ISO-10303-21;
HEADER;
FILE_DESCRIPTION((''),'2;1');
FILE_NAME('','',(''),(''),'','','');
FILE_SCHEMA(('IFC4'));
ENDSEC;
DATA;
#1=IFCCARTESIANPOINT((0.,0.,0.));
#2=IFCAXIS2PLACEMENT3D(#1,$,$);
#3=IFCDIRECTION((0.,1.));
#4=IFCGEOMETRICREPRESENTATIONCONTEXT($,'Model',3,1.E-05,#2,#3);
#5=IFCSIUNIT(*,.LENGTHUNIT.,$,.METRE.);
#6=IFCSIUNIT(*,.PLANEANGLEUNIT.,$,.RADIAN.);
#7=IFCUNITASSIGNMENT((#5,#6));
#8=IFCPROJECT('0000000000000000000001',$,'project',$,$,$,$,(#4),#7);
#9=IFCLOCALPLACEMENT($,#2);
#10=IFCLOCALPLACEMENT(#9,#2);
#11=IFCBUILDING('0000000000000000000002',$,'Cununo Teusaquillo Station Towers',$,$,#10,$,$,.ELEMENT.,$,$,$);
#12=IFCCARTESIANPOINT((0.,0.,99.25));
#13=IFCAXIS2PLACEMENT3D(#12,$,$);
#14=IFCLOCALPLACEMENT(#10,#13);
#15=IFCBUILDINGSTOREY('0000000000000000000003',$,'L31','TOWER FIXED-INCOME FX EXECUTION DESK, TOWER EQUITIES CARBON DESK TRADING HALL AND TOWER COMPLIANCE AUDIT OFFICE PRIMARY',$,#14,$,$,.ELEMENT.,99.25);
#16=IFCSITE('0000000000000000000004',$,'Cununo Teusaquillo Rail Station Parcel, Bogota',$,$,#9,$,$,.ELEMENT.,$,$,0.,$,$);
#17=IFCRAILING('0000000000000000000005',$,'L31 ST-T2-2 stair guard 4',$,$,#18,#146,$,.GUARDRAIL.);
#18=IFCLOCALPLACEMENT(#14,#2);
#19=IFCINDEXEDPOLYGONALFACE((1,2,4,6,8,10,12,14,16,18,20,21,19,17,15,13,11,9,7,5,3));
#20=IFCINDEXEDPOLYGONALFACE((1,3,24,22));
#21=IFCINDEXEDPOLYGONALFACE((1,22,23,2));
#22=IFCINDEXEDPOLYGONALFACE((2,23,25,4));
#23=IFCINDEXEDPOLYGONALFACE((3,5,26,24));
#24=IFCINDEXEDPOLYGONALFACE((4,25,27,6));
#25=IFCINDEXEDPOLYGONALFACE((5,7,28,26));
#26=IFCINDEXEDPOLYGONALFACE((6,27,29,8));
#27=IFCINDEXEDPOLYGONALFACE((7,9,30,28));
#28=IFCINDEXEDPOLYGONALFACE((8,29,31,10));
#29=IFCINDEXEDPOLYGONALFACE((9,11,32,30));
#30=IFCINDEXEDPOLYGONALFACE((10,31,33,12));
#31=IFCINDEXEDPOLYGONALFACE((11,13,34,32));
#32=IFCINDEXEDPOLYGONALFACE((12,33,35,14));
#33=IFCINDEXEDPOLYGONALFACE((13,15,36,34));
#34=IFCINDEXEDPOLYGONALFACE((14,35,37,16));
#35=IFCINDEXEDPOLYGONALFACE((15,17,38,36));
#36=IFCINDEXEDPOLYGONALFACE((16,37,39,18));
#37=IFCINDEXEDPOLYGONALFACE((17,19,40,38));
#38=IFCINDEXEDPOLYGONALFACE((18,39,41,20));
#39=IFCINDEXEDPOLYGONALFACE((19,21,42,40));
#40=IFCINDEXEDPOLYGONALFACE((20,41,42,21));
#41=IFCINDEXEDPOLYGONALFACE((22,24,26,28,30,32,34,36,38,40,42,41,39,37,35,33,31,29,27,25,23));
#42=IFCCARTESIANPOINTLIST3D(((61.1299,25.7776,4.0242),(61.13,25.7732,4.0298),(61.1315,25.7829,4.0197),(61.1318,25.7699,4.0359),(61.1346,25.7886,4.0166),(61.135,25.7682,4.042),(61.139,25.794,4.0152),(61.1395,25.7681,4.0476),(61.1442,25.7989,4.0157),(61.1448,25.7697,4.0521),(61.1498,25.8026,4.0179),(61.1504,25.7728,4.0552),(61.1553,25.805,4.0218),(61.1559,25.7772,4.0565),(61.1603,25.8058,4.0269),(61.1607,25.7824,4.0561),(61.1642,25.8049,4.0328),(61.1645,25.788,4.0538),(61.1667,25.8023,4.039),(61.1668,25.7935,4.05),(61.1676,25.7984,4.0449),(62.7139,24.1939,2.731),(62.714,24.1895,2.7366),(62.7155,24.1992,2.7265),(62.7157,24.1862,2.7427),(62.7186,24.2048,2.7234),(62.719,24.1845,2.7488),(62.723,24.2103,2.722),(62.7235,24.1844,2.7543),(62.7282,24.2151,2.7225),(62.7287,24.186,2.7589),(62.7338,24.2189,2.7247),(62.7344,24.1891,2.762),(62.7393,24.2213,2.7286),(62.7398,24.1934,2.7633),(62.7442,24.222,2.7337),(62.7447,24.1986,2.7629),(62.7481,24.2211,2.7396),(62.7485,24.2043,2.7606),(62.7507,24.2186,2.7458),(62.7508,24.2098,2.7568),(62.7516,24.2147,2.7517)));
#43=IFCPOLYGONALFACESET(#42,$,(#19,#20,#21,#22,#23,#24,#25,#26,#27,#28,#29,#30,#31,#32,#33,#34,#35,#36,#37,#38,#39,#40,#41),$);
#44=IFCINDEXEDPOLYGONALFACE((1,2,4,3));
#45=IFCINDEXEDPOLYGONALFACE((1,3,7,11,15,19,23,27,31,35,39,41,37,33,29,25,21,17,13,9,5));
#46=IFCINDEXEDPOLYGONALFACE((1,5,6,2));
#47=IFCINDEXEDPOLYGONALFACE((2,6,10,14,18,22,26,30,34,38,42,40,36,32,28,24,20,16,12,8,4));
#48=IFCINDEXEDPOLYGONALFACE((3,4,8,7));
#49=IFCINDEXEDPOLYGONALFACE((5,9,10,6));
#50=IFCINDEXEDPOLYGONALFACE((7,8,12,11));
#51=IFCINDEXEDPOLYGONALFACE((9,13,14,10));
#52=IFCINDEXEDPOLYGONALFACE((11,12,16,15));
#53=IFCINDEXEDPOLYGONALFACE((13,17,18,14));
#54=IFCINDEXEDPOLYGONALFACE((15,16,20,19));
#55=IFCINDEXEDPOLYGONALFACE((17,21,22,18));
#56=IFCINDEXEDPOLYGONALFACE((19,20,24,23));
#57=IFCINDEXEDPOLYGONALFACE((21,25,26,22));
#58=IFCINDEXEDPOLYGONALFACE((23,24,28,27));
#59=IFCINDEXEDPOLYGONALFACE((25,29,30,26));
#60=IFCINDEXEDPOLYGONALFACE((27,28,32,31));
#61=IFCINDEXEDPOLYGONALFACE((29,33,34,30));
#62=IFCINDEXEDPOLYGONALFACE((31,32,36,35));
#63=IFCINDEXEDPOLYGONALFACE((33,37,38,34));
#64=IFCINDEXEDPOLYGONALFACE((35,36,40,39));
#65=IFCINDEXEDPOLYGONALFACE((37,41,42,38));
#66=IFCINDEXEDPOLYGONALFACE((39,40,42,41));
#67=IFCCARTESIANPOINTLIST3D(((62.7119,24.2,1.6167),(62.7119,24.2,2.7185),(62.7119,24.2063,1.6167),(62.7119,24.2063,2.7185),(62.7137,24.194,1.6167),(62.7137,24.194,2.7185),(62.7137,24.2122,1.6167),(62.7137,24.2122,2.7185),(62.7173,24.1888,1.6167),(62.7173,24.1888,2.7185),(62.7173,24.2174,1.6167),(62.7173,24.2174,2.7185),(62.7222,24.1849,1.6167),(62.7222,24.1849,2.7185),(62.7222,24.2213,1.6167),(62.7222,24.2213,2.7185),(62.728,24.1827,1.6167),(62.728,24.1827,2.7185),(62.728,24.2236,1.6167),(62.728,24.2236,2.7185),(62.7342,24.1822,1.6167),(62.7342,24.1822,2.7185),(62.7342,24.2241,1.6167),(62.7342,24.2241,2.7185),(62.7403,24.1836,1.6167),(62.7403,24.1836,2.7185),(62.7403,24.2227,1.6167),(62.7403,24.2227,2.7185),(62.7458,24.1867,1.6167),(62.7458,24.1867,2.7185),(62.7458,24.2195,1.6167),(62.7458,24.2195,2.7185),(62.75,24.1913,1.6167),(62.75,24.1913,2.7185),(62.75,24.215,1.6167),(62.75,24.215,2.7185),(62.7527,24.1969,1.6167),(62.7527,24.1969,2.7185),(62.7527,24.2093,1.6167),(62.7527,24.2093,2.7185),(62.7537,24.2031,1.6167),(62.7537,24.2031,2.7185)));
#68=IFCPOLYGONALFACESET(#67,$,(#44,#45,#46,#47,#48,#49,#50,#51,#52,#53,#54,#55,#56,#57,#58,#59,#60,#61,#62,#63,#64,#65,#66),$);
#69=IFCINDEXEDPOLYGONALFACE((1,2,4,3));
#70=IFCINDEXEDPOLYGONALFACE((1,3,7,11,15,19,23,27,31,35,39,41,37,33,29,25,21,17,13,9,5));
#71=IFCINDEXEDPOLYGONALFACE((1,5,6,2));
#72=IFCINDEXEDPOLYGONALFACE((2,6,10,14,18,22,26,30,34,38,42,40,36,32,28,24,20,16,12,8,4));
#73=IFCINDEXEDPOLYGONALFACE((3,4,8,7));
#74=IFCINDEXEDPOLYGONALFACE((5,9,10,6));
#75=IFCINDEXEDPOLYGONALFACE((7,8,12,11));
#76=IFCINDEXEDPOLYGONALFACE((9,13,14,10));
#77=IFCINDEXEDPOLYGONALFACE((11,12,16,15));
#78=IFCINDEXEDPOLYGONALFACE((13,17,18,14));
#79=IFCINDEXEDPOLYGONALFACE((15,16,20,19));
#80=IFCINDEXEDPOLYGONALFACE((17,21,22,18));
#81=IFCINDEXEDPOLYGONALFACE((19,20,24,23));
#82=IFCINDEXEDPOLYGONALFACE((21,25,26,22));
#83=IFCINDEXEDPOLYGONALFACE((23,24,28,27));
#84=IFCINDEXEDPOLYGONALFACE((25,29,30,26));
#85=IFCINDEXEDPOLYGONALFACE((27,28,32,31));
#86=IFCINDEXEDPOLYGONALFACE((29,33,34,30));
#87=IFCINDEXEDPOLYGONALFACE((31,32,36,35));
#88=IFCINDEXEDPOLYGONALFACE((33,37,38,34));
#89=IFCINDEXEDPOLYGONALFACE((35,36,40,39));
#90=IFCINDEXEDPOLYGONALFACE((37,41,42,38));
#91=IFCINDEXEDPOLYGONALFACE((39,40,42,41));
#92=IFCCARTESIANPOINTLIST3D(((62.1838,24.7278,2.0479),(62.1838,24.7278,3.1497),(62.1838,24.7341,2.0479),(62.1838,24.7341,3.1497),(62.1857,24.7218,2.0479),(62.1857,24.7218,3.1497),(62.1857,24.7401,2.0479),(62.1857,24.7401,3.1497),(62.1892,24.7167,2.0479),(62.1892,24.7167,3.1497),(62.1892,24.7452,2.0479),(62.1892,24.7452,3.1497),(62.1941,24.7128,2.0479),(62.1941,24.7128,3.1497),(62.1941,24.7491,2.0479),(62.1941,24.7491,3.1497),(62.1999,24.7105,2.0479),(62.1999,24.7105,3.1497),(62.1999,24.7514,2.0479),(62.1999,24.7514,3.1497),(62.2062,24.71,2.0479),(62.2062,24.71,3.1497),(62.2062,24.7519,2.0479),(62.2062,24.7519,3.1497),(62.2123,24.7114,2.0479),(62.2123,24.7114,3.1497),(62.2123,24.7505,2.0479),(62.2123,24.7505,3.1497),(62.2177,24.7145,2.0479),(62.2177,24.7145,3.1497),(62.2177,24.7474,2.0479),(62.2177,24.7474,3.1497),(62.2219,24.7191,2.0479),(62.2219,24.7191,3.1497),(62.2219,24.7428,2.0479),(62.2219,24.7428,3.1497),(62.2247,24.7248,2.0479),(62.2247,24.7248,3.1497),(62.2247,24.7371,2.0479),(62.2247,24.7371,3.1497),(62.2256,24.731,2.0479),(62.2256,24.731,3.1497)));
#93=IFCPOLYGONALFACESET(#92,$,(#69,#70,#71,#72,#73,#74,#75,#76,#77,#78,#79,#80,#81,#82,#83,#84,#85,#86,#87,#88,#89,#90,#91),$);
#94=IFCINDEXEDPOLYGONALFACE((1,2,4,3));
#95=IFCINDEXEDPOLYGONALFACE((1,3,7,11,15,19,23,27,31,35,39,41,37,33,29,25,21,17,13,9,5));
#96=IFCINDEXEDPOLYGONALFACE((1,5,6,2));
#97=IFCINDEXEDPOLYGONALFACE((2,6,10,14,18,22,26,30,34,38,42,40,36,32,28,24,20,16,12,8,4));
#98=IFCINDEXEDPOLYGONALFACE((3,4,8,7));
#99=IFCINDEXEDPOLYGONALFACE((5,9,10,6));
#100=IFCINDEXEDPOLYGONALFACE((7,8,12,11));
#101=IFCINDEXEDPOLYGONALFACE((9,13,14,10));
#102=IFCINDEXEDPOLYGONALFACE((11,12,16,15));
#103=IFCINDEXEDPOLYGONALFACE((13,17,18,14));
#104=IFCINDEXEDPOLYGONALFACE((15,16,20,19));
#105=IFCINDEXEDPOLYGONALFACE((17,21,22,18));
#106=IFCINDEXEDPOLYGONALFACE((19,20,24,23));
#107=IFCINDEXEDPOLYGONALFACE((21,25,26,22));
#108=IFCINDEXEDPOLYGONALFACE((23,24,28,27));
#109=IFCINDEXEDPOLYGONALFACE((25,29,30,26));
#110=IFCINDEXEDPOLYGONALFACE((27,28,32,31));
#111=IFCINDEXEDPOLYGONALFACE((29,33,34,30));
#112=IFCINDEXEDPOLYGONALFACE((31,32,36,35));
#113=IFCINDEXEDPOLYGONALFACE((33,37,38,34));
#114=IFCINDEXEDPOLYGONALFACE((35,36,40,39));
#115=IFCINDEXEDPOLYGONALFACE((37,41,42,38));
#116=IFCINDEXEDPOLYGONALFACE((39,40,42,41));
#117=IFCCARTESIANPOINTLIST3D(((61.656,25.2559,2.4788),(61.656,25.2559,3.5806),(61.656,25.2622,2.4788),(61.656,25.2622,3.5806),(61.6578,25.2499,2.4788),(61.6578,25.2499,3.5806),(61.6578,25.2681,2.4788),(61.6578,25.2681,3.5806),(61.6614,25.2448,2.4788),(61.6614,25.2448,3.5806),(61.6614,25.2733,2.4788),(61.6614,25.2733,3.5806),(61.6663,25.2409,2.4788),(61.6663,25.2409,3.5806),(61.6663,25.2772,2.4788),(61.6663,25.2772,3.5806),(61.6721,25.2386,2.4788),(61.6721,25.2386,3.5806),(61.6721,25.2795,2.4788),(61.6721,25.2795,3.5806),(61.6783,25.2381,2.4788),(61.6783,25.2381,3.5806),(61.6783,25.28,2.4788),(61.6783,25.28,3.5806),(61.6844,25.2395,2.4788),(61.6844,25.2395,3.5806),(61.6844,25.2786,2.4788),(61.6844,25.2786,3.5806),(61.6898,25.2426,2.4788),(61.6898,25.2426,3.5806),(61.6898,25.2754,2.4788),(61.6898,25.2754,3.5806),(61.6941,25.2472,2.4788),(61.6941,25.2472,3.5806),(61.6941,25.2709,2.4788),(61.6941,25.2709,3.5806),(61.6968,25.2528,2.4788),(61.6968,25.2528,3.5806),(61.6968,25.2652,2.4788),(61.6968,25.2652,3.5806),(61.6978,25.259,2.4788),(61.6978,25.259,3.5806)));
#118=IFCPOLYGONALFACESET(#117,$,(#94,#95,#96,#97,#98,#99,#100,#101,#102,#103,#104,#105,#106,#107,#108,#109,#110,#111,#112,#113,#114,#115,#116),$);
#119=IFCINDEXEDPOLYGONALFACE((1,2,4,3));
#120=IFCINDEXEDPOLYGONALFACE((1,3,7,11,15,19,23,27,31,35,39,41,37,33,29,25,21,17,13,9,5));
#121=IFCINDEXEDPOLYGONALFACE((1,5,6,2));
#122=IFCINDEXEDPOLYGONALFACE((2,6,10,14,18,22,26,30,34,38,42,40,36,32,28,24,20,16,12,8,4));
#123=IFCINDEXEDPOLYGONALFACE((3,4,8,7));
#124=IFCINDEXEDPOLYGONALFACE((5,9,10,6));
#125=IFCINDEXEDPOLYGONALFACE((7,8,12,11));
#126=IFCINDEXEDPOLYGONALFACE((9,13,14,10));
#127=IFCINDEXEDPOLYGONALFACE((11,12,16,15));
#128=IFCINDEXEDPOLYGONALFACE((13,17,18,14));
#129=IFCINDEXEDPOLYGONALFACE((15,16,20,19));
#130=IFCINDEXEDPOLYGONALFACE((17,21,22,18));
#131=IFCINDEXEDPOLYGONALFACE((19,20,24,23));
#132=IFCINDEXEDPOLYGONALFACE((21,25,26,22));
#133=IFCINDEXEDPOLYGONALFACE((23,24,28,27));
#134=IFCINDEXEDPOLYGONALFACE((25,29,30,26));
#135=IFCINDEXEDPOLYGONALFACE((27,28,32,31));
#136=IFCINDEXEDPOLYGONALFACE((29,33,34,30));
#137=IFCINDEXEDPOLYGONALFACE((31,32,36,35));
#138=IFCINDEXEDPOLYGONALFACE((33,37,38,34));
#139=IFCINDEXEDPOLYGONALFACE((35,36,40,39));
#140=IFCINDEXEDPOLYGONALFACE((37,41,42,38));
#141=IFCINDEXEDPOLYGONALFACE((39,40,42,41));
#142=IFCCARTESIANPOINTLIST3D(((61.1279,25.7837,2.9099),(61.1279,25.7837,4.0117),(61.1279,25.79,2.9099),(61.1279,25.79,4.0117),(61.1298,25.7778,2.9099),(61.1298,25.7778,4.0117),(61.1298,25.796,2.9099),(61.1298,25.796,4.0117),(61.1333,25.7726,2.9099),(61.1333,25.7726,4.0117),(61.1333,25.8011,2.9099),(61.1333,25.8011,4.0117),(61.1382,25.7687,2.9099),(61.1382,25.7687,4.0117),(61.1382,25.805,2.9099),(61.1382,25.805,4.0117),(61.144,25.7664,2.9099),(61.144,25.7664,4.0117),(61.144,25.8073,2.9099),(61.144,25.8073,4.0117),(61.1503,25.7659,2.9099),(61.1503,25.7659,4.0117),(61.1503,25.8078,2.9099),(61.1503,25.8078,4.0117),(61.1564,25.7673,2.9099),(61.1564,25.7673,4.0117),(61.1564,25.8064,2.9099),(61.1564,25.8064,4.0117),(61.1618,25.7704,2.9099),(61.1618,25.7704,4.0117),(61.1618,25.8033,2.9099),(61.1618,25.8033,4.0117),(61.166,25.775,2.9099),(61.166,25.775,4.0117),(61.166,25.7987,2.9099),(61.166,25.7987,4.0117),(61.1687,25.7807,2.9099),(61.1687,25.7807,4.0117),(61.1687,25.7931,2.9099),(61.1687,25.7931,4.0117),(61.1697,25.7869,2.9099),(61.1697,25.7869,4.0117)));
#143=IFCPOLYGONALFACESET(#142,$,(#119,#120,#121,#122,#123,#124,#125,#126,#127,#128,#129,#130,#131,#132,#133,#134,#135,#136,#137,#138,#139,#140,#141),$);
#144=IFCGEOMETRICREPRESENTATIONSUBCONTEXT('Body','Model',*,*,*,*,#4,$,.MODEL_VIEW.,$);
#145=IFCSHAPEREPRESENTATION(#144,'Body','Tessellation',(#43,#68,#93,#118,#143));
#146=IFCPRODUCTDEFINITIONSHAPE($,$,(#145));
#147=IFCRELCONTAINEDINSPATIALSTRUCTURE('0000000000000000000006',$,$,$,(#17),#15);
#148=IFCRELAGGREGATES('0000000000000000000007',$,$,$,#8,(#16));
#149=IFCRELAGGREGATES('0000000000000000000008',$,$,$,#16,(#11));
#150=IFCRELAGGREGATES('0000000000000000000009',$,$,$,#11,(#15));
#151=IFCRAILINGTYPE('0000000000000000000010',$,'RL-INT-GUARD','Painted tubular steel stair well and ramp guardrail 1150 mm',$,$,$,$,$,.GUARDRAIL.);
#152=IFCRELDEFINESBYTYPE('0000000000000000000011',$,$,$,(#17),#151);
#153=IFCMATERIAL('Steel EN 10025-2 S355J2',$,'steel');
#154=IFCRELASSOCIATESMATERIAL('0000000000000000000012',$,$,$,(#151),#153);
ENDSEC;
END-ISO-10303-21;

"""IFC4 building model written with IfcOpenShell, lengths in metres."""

from ifc_helpers import new_model, si_unit, direction, frame, origin, origin_2d, place, context, subcontext, project, spatial, circle, extrude, material, type_object, element, save


model = new_model("IFC4")

# Units and contexts
model_context = context("Model", 3, precision=1e-05, world=origin(), true_north=direction((0.0, 1.0)))
body_context = subcontext(model_context, "Body", "Model", "MODEL_VIEW")
ifc_project = project(units=[si_unit("LENGTHUNIT", "METRE"), si_unit("PLANEANGLEUNIT", "RADIAN")], contexts=[model_context])

# Site, building, storey
site_placement = place(None, origin())
site = spatial("IfcSite", under=ifc_project, at=site_placement, Name="Cununo Teusaquillo Rail Station Parcel, Bogota", CompositionType="ELEMENT", RefElevation=0.0)
building_placement = place(site_placement, origin())
building = spatial("IfcBuilding", under=site, at=building_placement, Name="Cununo Teusaquillo Station Towers", CompositionType="ELEMENT")
storey_placement = place(building_placement, frame((0.0, 0.0, 99.25)))
storey = spatial("IfcBuildingStorey", under=building, at=storey_placement, Name="L31", Description="TOWER FIXED-INCOME FX EXECUTION DESK, TOWER EQUITIES CARBON DESK TRADING HALL AND TOWER COMPLIANCE AUDIT OFFICE PRIMARY", CompositionType="ELEMENT", Elevation=99.25)

# Railing
ifc_material_1 = material(Name="Steel EN 10025-2 S355J2", Category="steel")
railing_type_1 = type_object("IfcRailingType", Name="RL-INT-GUARD", Description="Painted tubular steel stair well and ramp guardrail 1150 mm", PredefinedType="GUARDRAIL", material=ifc_material_1)
railing_1_placement = place(storey_placement, frame((62.7327, 24.2031, 1.6167)))
element("IfcRailing", 1, at=railing_1_placement, inside=storey, type_object=railing_type_1, Name="L31 ST-T2-2 stair guard 4", PredefinedType="GUARDRAIL", context=body_context, shape_type="SweptSolid", body=[
    extrude(circle(Radius=0.0239, at=origin_2d()), frame((0.0, 0.0, 1.126), z_axis=(-0.61242, 0.612326, 0.499998), x_axis=(-0.707052, -0.707161, 0.0)), (0.0, 0.0, 1.0), 2.5864),
    extrude(circle(Radius=0.021, at=origin_2d()), origin(), (0.0, 0.0, 1.0), 1.1018),
    extrude(circle(Radius=0.021, at=origin_2d()), frame((-0.5281, 0.5278, 0.4312)), (0.0, 0.0, 1.0), 1.1018),
    extrude(circle(Radius=0.021, at=origin_2d()), frame((-1.0559, 1.0559, 0.8621)), (0.0, 0.0, 1.0), 1.1018),
    extrude(circle(Radius=0.021, at=origin_2d()), frame((-1.584, 1.5837, 1.2932)), (0.0, 0.0, 1.0), 1.1018),
])

save(model, "model.ifc")
